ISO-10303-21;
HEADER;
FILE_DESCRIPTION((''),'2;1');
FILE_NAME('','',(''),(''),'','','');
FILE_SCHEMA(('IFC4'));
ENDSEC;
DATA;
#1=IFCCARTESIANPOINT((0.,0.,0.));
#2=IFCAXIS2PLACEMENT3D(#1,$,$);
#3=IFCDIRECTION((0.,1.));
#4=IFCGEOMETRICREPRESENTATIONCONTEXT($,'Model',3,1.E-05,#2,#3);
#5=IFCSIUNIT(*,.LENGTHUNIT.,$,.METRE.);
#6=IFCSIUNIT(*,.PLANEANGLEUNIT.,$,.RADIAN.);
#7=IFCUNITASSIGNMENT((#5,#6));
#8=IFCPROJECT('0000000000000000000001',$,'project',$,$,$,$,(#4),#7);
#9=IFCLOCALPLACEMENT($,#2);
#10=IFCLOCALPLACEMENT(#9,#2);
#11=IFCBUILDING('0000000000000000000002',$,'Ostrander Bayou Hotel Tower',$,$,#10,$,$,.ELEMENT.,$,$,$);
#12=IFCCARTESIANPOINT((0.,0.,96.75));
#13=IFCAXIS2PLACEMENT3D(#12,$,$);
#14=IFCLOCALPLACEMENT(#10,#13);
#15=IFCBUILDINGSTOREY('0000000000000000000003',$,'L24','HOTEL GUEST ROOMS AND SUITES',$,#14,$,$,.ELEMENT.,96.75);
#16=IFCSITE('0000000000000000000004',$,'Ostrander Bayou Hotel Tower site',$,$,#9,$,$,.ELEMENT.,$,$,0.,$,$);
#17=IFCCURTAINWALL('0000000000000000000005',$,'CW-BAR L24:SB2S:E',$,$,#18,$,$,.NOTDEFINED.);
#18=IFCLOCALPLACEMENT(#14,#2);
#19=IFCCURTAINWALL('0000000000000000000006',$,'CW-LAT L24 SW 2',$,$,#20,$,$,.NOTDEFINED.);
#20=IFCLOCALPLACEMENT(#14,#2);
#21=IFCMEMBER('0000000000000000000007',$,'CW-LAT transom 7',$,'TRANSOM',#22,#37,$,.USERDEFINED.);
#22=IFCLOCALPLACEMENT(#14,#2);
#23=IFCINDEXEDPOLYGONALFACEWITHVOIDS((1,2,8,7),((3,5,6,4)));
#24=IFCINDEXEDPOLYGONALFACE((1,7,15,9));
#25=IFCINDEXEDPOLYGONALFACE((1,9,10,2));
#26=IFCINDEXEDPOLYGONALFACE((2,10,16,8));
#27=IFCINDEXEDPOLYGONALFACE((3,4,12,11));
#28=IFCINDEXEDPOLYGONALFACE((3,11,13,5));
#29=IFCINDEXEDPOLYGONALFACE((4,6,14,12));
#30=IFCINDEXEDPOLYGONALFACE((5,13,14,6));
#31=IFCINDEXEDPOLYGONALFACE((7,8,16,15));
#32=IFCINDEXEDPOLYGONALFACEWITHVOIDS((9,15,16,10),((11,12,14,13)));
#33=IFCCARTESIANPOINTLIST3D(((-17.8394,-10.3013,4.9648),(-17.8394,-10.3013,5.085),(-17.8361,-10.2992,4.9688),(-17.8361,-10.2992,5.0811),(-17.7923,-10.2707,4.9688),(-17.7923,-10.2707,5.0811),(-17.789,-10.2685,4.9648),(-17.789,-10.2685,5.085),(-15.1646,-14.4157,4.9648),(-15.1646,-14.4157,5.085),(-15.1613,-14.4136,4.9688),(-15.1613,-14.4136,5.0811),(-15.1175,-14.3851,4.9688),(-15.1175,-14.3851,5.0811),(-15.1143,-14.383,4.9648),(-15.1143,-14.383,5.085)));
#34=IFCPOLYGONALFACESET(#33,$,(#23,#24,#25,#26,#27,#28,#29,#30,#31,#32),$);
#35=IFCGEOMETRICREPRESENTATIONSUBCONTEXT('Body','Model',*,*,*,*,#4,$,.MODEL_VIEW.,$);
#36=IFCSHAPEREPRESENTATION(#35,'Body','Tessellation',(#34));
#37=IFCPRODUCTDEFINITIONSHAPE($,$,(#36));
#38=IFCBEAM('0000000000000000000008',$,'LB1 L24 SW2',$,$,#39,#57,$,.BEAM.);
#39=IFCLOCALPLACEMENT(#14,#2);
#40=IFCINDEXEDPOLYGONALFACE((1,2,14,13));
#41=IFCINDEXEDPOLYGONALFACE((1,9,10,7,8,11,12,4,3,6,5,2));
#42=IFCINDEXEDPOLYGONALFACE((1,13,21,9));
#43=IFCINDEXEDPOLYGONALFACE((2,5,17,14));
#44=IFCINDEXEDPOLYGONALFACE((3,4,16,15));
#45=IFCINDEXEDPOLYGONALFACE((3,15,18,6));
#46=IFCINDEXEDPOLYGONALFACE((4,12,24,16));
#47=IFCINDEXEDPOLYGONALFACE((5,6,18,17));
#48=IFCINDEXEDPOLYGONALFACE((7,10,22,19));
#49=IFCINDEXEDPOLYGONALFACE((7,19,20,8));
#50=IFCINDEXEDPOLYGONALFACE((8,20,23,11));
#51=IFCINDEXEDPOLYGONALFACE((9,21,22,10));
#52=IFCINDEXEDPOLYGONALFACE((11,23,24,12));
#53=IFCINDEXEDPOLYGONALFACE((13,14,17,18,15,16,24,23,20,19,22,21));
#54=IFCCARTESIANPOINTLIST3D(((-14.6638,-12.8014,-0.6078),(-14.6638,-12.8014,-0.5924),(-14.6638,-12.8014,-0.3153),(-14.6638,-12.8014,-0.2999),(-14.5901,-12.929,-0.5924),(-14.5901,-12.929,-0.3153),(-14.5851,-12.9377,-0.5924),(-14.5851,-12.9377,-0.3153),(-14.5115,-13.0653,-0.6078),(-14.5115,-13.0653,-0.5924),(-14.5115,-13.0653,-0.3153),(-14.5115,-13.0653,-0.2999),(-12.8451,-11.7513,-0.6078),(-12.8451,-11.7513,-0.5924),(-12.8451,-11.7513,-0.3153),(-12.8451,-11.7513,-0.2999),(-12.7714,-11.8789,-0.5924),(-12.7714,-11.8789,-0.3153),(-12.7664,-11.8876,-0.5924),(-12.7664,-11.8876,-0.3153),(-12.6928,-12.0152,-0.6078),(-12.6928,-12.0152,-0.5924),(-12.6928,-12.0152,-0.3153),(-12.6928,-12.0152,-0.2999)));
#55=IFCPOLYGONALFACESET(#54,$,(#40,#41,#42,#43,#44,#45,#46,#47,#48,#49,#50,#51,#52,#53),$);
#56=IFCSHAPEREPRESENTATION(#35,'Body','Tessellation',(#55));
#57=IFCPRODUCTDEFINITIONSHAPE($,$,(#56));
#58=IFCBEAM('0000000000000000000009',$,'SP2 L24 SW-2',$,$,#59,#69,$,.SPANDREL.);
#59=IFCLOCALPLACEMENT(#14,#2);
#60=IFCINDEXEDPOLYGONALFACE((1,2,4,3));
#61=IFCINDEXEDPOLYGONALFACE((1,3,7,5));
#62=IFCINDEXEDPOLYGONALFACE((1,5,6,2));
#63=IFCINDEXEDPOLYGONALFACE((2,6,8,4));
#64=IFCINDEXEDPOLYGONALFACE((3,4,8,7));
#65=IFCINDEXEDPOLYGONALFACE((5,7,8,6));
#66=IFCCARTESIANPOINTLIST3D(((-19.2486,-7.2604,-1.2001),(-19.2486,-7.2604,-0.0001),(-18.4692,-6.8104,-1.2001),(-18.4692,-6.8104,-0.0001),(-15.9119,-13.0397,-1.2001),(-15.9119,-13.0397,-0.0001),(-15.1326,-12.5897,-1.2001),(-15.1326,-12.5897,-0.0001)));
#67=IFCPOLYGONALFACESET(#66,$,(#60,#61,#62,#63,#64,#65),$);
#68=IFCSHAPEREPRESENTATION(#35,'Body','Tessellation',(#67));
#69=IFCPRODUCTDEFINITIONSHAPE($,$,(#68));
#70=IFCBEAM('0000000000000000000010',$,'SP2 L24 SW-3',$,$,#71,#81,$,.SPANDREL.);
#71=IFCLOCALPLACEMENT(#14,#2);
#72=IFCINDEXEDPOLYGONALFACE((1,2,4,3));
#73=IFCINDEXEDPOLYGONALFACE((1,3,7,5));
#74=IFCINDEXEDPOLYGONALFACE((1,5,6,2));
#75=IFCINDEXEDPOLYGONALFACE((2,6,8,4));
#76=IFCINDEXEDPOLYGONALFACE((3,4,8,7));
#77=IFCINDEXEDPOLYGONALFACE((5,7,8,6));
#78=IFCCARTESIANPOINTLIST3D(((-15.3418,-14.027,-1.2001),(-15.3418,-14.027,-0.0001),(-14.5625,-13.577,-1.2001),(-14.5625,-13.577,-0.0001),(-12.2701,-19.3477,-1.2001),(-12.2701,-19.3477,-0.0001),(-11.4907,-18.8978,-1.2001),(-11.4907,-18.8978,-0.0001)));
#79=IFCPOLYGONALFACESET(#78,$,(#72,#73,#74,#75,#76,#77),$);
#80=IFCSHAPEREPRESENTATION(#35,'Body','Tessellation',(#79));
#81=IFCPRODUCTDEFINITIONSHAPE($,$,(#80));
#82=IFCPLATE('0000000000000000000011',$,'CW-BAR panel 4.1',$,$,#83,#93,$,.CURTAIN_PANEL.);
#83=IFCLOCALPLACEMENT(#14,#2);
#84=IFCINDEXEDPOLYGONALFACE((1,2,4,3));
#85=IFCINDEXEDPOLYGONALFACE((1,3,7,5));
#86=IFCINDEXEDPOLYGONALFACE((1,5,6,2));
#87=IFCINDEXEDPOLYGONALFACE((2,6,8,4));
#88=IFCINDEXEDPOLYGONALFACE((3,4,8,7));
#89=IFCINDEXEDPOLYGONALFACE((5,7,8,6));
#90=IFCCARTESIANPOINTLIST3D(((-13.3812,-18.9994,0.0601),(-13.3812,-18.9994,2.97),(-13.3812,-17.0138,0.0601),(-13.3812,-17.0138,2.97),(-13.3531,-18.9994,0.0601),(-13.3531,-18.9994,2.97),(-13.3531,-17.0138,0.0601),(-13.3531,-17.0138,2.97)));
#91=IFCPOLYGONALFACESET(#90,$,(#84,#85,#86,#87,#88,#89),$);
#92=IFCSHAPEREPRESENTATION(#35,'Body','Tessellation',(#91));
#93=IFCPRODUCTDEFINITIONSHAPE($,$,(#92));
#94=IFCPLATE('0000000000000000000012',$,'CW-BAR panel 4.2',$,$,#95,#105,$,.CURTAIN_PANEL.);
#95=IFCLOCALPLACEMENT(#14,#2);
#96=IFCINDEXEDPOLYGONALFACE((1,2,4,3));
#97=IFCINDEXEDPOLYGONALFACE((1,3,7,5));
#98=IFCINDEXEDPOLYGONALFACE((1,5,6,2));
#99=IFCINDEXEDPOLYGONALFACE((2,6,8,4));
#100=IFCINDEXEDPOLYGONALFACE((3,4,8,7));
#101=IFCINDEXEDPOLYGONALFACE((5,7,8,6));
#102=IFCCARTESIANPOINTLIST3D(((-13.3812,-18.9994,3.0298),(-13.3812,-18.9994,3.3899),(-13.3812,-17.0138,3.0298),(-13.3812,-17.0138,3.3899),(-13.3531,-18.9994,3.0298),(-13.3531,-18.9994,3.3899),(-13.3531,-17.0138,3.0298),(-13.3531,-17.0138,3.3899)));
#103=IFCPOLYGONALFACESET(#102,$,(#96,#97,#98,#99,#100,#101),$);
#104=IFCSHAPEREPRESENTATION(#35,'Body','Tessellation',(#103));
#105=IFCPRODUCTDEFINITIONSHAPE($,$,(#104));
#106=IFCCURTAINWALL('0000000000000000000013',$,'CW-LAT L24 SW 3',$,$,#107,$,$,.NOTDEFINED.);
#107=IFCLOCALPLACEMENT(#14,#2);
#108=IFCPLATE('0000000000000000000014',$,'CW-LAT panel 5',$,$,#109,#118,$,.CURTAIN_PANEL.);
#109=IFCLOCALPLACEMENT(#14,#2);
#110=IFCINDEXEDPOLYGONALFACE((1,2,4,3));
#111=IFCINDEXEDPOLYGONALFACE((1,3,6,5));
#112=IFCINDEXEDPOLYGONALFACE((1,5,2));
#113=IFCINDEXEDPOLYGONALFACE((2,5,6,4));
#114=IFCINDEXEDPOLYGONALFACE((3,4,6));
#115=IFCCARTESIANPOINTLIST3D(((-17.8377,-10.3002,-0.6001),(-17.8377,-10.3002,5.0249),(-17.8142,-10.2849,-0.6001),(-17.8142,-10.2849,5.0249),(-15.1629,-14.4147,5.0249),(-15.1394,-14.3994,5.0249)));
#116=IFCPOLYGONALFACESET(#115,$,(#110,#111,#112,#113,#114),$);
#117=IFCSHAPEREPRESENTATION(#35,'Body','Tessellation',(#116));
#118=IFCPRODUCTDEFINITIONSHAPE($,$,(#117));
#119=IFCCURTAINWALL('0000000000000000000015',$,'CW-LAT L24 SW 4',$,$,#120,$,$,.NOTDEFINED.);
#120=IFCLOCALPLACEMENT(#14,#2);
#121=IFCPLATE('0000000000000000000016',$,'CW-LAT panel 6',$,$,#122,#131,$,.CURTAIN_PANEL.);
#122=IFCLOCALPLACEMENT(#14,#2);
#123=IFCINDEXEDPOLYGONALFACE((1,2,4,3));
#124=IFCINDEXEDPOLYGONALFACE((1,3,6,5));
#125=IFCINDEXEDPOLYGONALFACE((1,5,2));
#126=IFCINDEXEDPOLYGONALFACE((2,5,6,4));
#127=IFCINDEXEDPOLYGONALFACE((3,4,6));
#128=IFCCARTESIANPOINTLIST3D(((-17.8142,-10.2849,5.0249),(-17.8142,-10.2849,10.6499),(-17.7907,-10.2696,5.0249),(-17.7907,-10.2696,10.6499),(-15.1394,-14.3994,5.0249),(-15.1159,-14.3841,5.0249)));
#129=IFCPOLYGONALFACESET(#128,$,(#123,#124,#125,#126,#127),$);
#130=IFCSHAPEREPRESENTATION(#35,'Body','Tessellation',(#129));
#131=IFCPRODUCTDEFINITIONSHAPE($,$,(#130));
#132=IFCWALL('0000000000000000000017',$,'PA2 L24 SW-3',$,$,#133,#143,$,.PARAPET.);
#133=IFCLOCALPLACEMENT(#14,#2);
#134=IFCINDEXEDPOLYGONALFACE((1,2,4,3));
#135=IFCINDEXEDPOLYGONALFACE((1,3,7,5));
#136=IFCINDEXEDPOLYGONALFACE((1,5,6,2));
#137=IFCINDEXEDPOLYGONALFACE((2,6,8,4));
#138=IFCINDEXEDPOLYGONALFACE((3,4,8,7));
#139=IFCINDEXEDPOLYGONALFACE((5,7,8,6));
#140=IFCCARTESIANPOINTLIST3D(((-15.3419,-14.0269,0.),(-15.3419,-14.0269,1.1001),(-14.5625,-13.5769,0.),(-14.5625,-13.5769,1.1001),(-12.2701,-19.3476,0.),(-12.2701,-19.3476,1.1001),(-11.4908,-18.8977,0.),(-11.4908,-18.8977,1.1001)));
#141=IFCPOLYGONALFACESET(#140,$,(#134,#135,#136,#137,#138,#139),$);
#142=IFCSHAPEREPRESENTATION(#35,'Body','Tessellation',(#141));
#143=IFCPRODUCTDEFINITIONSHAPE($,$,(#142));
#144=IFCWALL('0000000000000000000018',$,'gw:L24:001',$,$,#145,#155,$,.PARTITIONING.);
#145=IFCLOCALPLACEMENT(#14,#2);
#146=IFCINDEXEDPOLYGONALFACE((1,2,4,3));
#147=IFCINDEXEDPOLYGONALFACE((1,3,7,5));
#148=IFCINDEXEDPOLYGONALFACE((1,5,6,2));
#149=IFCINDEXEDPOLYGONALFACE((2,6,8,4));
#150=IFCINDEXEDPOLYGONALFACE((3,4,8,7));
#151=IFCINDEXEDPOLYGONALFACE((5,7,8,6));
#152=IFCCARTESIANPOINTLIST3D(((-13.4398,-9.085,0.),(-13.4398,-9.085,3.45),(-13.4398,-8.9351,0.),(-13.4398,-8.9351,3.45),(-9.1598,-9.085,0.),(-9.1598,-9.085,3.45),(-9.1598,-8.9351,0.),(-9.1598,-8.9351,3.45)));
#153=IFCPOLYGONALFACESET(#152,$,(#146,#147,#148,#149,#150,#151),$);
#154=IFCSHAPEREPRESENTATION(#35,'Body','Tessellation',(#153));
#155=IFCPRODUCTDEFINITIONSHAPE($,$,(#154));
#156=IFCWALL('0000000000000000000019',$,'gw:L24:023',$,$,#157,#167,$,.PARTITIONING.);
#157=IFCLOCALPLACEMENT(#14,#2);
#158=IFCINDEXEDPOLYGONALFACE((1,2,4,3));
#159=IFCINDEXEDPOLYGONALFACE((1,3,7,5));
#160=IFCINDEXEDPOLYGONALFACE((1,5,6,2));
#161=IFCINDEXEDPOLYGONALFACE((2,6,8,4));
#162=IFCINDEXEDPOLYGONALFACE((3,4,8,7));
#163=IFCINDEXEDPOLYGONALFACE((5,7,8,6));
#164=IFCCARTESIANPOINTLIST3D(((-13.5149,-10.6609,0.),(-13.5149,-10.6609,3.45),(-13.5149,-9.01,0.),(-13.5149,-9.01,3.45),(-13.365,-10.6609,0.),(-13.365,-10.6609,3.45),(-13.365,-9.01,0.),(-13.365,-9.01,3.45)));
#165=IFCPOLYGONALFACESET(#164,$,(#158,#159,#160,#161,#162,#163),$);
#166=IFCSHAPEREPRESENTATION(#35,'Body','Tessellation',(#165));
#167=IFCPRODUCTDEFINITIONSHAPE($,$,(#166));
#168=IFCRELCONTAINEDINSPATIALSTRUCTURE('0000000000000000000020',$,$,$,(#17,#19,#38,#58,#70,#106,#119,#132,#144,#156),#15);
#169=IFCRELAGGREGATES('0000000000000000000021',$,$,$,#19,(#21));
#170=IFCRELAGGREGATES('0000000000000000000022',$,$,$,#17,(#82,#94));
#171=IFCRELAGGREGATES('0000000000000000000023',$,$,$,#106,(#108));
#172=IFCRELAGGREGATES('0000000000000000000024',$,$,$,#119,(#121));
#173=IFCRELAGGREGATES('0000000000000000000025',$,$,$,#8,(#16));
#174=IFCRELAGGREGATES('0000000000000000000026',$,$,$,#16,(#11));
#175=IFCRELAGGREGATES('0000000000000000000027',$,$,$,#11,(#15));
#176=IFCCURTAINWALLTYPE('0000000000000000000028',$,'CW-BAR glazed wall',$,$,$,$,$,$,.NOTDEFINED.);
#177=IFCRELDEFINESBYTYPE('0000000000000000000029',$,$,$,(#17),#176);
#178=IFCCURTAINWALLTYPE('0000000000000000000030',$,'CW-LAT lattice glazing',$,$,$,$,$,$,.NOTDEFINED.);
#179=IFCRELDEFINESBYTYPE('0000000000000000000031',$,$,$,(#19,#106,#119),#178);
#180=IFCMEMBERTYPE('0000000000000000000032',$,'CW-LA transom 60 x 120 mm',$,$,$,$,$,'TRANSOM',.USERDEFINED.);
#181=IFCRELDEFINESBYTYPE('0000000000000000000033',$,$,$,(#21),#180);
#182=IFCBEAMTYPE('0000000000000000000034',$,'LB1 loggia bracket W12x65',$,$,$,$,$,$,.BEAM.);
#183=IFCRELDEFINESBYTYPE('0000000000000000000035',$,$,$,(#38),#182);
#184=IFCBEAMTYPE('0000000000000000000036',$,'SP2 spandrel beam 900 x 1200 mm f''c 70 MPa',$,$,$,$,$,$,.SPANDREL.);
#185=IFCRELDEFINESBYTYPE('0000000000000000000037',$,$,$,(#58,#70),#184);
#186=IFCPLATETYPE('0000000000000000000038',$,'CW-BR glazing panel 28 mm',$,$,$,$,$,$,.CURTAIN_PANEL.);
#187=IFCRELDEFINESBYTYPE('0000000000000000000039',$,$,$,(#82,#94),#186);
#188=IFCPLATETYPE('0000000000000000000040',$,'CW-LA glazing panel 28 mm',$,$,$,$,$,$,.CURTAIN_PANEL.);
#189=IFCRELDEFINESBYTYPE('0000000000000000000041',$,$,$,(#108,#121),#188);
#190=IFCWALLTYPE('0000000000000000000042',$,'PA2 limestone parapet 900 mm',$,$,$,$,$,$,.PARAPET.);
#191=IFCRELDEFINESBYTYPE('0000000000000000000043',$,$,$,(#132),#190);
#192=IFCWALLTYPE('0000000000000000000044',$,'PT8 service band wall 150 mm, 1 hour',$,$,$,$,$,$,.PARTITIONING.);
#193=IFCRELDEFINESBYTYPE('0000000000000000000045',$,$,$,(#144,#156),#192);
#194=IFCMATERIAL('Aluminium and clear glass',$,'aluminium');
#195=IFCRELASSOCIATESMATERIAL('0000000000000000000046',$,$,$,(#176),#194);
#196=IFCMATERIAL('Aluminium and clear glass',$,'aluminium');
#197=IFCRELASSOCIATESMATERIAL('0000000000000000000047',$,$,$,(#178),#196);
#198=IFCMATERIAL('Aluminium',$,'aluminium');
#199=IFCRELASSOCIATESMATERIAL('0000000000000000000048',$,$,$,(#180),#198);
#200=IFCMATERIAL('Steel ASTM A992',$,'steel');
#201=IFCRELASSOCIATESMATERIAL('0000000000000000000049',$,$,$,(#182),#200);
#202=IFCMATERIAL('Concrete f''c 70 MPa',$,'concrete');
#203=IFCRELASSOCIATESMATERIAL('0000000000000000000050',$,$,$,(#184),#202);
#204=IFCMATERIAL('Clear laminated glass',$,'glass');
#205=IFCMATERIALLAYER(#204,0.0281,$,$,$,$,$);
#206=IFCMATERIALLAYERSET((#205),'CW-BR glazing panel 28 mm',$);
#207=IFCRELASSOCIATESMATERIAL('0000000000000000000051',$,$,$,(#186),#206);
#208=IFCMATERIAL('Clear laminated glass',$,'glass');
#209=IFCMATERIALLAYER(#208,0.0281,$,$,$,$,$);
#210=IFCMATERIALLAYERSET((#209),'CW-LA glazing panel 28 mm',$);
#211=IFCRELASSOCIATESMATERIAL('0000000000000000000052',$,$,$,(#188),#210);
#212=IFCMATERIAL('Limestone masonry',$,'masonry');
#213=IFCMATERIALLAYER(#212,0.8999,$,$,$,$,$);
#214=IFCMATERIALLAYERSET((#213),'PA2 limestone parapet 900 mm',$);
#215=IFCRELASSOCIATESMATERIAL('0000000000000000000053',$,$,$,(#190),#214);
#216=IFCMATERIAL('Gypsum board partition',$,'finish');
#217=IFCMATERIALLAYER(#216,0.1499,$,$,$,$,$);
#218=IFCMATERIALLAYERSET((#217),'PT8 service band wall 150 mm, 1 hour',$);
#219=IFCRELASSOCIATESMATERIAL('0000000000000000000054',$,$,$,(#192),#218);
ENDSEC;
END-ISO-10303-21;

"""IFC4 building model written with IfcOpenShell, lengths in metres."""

from ifc_helpers import new_model, si_unit, direction, frame, frame_2d, origin, origin_2d, place, context, subcontext, project, spatial, polyline, rectangle, hollow_rectangle, i_section, outline, extrude, material, layer, layer_set, material_profile, profile_set, type_object, element, aggregate, save


model = new_model("IFC4")

# Units and contexts
model_context = context("Model", 3, precision=1e-05, world=origin(), true_north=direction((0.0, 1.0)))
body_context = subcontext(model_context, "Body", "Model", "MODEL_VIEW")
ifc_project = project(units=[si_unit("LENGTHUNIT", "METRE"), si_unit("PLANEANGLEUNIT", "RADIAN")], contexts=[model_context])

# Site, building, storey
site_placement = place(None, origin())
site = spatial("IfcSite", under=ifc_project, at=site_placement, Name="Ostrander Bayou Hotel Tower site", CompositionType="ELEMENT", RefElevation=0.0)
building_placement = place(site_placement, origin())
building = spatial("IfcBuilding", under=site, at=building_placement, Name="Ostrander Bayou Hotel Tower", CompositionType="ELEMENT")
storey_placement = place(building_placement, frame((0.0, 0.0, 96.75)))
storey = spatial("IfcBuildingStorey", under=building, at=storey_placement, Name="L24", Description="HOTEL GUEST ROOMS AND SUITES", CompositionType="ELEMENT", Elevation=96.75)

# Curtain walls, member
ifc_material_1 = material(Name="Aluminium and clear glass", Category="aluminium")
curtain_wall_type_1 = type_object("IfcCurtainWallType", Name="CW-BAR glazed wall", PredefinedType="NOTDEFINED", material=ifc_material_1)
curtain_wall_1_placement = place(storey_placement, origin())
curtain_wall_1 = element("IfcCurtainWall", 1, at=curtain_wall_1_placement, inside=storey, type_object=curtain_wall_type_1, Name="CW-BAR L24:SB2S:E", PredefinedType="NOTDEFINED")
ifc_material_2 = material(Name="Aluminium and clear glass", Category="aluminium")
curtain_wall_type_2 = type_object("IfcCurtainWallType", Name="CW-LAT lattice glazing", PredefinedType="NOTDEFINED", material=ifc_material_2)
curtain_wall_2_placement = place(storey_placement, origin())
curtain_wall_2 = element("IfcCurtainWall", 2, at=curtain_wall_2_placement, inside=storey, type_object=curtain_wall_type_2, Name="CW-LAT L24 SW 2", PredefinedType="NOTDEFINED")
ifc_material_3 = material(Name="Aluminium", Category="aluminium")
ifc_material_profile_1 = material_profile(ifc_material_3, hollow_rectangle(XDim=0.0601, YDim=0.1201, WallThickness=0.0039, at=origin_2d()))
ifc_profile_set_1 = profile_set([ifc_material_profile_1], Name="Aluminium")
member_type_1 = type_object("IfcMemberType", Name="CW-LA transom 60 x 120 mm", ElementType="TRANSOM", PredefinedType="USERDEFINED", material=ifc_profile_set_1)
member_1_placement = place(storey_placement, frame((-17.8142, -10.2849, 5.0249), z_axis=(0.545043, -0.838408, 0.0), x_axis=(0.838408, 0.545043, 0.0)))
member_1 = element("IfcMember", 3, at=member_1_placement, type_object=member_type_1, Name="CW-LAT transom 7", ObjectType="TRANSOM", PredefinedType="USERDEFINED", context=body_context, shape_type="SweptSolid", body=[
    extrude(hollow_rectangle(XDim=0.0601, YDim=0.1201, WallThickness=0.0039, at=origin_2d()), origin(), (0.0, 0.0, 1.0), 4.9075),
])
aggregate(curtain_wall_2, [member_1])

# Beams
ifc_material_4 = material(Name="Steel ASTM A992", Category="steel")
ifc_material_profile_2 = material_profile(ifc_material_4, i_section(OverallWidth=0.3047, OverallDepth=0.3079, WebThickness=0.01, FlangeThickness=0.0154, at=origin_2d()))
ifc_profile_set_2 = profile_set([ifc_material_profile_2], Name="Steel ASTM A992")
beam_type_1 = type_object("IfcBeamType", Name="LB1 loggia bracket W12x65", PredefinedType="BEAM", material=ifc_profile_set_2)
beam_1_placement = place(storey_placement, frame((-14.5876, -12.9333, -0.4539), z_axis=(0.866009, 0.500028, 0.0), x_axis=(-0.500028, 0.866009, 0.0)))
element("IfcBeam", 4, at=beam_1_placement, inside=storey, type_object=beam_type_1, Name="LB1 L24 SW2", PredefinedType="BEAM", context=body_context, shape_type="SweptSolid", body=[
    extrude(i_section(OverallWidth=0.3047, OverallDepth=0.3079, WebThickness=0.01, FlangeThickness=0.0154, at=origin_2d()), origin(), (0.0, 0.0, 1.0), 2.1001),
])
ifc_material_5 = material(Name="Concrete f'c 70 MPa", Category="concrete")
ifc_material_profile_3 = material_profile(ifc_material_5, rectangle(XDim=0.8999, YDim=1.2, at=origin_2d()))
ifc_profile_set_3 = profile_set([ifc_material_profile_3], Name="Concrete f'c 70 MPa")
beam_type_2 = type_object("IfcBeamType", Name="SP2 spandrel beam 900 x 1200 mm f'c 70 MPa", PredefinedType="SPANDREL", material=ifc_profile_set_3)
beam_2_placement = place(storey_placement, frame((-18.8589, -7.0354, -0.6001), z_axis=(0.499999, -0.866026, 0.0), x_axis=(0.866026, 0.499999, 0.0)))
element("IfcBeam", 5, at=beam_2_placement, inside=storey, type_object=beam_type_2, Name="SP2 L24 SW-2", PredefinedType="SPANDREL", context=body_context, shape_type="SweptSolid", body=[
    extrude(rectangle(XDim=0.8999, YDim=1.2, at=origin_2d()), origin(), (0.0, 0.0, 1.0), 6.6733),
])
beam_3_placement = place(storey_placement, frame((-14.9521, -13.802, -0.6001), z_axis=(0.499977, -0.866039, 0.0), x_axis=(0.866039, 0.499977, 0.0)))
element("IfcBeam", 6, at=beam_3_placement, inside=storey, type_object=beam_type_2, Name="SP2 L24 SW-3", PredefinedType="SPANDREL", context=body_context, shape_type="SweptSolid", body=[
    extrude(rectangle(XDim=0.8999, YDim=1.2, at=origin_2d()), origin(), (0.0, 0.0, 1.0), 6.1438),
])

# Plates
ifc_material_6 = material(Name="Clear laminated glass", Category="glass")
ifc_layer_1 = layer(ifc_material_6, 0.0281)
ifc_layer_set_1 = layer_set([ifc_layer_1], Name="CW-BR glazing panel 28 mm")
plate_type_1 = type_object("IfcPlateType", Name="CW-BR glazing panel 28 mm", PredefinedType="CURTAIN_PANEL", material=ifc_layer_set_1)
plate_1_placement = place(storey_placement, frame((-13.3672, -18.0066, 0.0601), z_axis=(0.0, 0.0, 1.0), x_axis=(0.0, -1.0, 0.0)))
plate_1 = element("IfcPlate", 7, at=plate_1_placement, type_object=plate_type_1, Name="CW-BAR panel 4.1", PredefinedType="CURTAIN_PANEL", context=body_context, shape_type="SweptSolid", body=[
    extrude(rectangle(XDim=1.9856, YDim=0.0281, at=origin_2d()), origin(), (0.0, 0.0, 1.0), 2.9099),
])
plate_2_placement = place(storey_placement, frame((-13.3672, -18.0066, 3.0298), z_axis=(0.0, 0.0, 1.0), x_axis=(0.0, -1.0, 0.0)))
plate_2 = element("IfcPlate", 8, at=plate_2_placement, type_object=plate_type_1, Name="CW-BAR panel 4.2", PredefinedType="CURTAIN_PANEL", context=body_context, shape_type="SweptSolid", body=[
    extrude(rectangle(XDim=1.9856, YDim=0.0281, at=origin_2d()), origin(), (0.0, 0.0, 1.0), 0.3601),
])
aggregate(curtain_wall_1, [plate_1, plate_2])

# Curtain walls, plates
curtain_wall_3_placement = place(storey_placement, origin())
curtain_wall_3 = element("IfcCurtainWall", 9, at=curtain_wall_3_placement, inside=storey, type_object=curtain_wall_type_2, Name="CW-LAT L24 SW 3", PredefinedType="NOTDEFINED")
ifc_material_7 = material(Name="Clear laminated glass", Category="glass")
ifc_layer_2 = layer(ifc_material_7, 0.0281)
ifc_layer_set_2 = layer_set([ifc_layer_2], Name="CW-LA glazing panel 28 mm")
plate_type_2 = type_object("IfcPlateType", Name="CW-LA glazing panel 28 mm", PredefinedType="CURTAIN_PANEL", material=ifc_layer_set_2)
plate_3_placement = place(storey_placement, frame((-15.1394, -14.3994, 5.0249), z_axis=(0.838408, 0.545043, 0.0), x_axis=(-0.358319, 0.551182, -0.753529)))
plate_3 = element("IfcPlate", 10, at=plate_3_placement, type_object=plate_type_2, Name="CW-LAT panel 5", PredefinedType="CURTAIN_PANEL", context=body_context, shape_type="SweptSolid", body=[
    extrude(outline(polyline([(0.0, 0.0), (7.4649, 0.0), (3.2263, 3.698), (0.0, 0.0)])), origin(), (0.0, 0.0, -1.0), 0.0281),
])
aggregate(curtain_wall_3, [plate_3])
curtain_wall_4_placement = place(storey_placement, origin())
curtain_wall_4 = element("IfcCurtainWall", 11, at=curtain_wall_4_placement, inside=storey, type_object=curtain_wall_type_2, Name="CW-LAT L24 SW 4", PredefinedType="NOTDEFINED")
plate_4_placement = place(storey_placement, frame((-15.1394, -14.3994, 5.0249), z_axis=(-0.838408, -0.545043, 0.0), x_axis=(-0.358319, 0.551182, 0.753529)))
plate_4 = element("IfcPlate", 12, at=plate_4_placement, type_object=plate_type_2, Name="CW-LAT panel 6", PredefinedType="CURTAIN_PANEL", context=body_context, shape_type="SweptSolid", body=[
    extrude(outline(polyline([(0.0, 0.0), (7.4649, 0.0), (3.2263, 3.698), (0.0, 0.0)])), origin(), (0.0, 0.0, -1.0), 0.0281),
])
aggregate(curtain_wall_4, [plate_4])

# Walls
ifc_material_8 = material(Name="Limestone masonry", Category="masonry")
ifc_layer_3 = layer(ifc_material_8, 0.8999)
ifc_layer_set_3 = layer_set([ifc_layer_3], Name="PA2 limestone parapet 900 mm")
wall_type_1 = type_object("IfcWallType", Name="PA2 limestone parapet 900 mm", PredefinedType="PARAPET", material=ifc_layer_set_3)
wall_1_placement = place(storey_placement, frame((-14.9521, -13.802, 0.0), z_axis=(0.0, 0.0, 1.0), x_axis=(0.499977, -0.866039, 0.0)))
element("IfcWall", 13, at=wall_1_placement, inside=storey, type_object=wall_type_1, Name="PA2 L24 SW-3", PredefinedType="PARAPET", context=body_context, shape_type="SweptSolid", body=[
    extrude(rectangle(XDim=6.1438, YDim=0.8999, at=frame_2d((3.0718, 0.0))), origin(), (0.0, 0.0, 1.0), 1.1001),
])
ifc_material_9 = material(Name="Gypsum board partition", Category="finish")
ifc_layer_4 = layer(ifc_material_9, 0.1499)
ifc_layer_set_4 = layer_set([ifc_layer_4], Name="PT8 service band wall 150 mm, 1 hour")
wall_type_2 = type_object("IfcWallType", Name="PT8 service band wall 150 mm, 1 hour", PredefinedType="PARTITIONING", material=ifc_layer_set_4)
wall_2_placement = place(storey_placement, frame((-13.4399, -9.01, 0.0), z_axis=(0.0, 0.0, 1.0), x_axis=(1.0, 0.0, 0.0)))
element("IfcWall", 14, at=wall_2_placement, inside=storey, type_object=wall_type_2, Name="gw:L24:001", PredefinedType="PARTITIONING", context=body_context, shape_type="SweptSolid", body=[
    extrude(rectangle(XDim=4.28, YDim=0.1499, at=frame_2d((2.1401, 0.0))), origin(), (0.0, 0.0, 1.0), 3.45),
])
wall_3_placement = place(storey_placement, frame((-13.4399, -10.6609, 0.0), z_axis=(0.0, 0.0, 1.0), x_axis=(0.0, 1.0, 0.0)))
element("IfcWall", 15, at=wall_3_placement, inside=storey, type_object=wall_type_2, Name="gw:L24:023", PredefinedType="PARTITIONING", context=body_context, shape_type="SweptSolid", body=[
    extrude(rectangle(XDim=1.6509, YDim=0.1499, at=frame_2d((0.8254, 0.0))), origin(), (0.0, 0.0, 1.0), 3.45),
])

save(model, "model.ifc")
